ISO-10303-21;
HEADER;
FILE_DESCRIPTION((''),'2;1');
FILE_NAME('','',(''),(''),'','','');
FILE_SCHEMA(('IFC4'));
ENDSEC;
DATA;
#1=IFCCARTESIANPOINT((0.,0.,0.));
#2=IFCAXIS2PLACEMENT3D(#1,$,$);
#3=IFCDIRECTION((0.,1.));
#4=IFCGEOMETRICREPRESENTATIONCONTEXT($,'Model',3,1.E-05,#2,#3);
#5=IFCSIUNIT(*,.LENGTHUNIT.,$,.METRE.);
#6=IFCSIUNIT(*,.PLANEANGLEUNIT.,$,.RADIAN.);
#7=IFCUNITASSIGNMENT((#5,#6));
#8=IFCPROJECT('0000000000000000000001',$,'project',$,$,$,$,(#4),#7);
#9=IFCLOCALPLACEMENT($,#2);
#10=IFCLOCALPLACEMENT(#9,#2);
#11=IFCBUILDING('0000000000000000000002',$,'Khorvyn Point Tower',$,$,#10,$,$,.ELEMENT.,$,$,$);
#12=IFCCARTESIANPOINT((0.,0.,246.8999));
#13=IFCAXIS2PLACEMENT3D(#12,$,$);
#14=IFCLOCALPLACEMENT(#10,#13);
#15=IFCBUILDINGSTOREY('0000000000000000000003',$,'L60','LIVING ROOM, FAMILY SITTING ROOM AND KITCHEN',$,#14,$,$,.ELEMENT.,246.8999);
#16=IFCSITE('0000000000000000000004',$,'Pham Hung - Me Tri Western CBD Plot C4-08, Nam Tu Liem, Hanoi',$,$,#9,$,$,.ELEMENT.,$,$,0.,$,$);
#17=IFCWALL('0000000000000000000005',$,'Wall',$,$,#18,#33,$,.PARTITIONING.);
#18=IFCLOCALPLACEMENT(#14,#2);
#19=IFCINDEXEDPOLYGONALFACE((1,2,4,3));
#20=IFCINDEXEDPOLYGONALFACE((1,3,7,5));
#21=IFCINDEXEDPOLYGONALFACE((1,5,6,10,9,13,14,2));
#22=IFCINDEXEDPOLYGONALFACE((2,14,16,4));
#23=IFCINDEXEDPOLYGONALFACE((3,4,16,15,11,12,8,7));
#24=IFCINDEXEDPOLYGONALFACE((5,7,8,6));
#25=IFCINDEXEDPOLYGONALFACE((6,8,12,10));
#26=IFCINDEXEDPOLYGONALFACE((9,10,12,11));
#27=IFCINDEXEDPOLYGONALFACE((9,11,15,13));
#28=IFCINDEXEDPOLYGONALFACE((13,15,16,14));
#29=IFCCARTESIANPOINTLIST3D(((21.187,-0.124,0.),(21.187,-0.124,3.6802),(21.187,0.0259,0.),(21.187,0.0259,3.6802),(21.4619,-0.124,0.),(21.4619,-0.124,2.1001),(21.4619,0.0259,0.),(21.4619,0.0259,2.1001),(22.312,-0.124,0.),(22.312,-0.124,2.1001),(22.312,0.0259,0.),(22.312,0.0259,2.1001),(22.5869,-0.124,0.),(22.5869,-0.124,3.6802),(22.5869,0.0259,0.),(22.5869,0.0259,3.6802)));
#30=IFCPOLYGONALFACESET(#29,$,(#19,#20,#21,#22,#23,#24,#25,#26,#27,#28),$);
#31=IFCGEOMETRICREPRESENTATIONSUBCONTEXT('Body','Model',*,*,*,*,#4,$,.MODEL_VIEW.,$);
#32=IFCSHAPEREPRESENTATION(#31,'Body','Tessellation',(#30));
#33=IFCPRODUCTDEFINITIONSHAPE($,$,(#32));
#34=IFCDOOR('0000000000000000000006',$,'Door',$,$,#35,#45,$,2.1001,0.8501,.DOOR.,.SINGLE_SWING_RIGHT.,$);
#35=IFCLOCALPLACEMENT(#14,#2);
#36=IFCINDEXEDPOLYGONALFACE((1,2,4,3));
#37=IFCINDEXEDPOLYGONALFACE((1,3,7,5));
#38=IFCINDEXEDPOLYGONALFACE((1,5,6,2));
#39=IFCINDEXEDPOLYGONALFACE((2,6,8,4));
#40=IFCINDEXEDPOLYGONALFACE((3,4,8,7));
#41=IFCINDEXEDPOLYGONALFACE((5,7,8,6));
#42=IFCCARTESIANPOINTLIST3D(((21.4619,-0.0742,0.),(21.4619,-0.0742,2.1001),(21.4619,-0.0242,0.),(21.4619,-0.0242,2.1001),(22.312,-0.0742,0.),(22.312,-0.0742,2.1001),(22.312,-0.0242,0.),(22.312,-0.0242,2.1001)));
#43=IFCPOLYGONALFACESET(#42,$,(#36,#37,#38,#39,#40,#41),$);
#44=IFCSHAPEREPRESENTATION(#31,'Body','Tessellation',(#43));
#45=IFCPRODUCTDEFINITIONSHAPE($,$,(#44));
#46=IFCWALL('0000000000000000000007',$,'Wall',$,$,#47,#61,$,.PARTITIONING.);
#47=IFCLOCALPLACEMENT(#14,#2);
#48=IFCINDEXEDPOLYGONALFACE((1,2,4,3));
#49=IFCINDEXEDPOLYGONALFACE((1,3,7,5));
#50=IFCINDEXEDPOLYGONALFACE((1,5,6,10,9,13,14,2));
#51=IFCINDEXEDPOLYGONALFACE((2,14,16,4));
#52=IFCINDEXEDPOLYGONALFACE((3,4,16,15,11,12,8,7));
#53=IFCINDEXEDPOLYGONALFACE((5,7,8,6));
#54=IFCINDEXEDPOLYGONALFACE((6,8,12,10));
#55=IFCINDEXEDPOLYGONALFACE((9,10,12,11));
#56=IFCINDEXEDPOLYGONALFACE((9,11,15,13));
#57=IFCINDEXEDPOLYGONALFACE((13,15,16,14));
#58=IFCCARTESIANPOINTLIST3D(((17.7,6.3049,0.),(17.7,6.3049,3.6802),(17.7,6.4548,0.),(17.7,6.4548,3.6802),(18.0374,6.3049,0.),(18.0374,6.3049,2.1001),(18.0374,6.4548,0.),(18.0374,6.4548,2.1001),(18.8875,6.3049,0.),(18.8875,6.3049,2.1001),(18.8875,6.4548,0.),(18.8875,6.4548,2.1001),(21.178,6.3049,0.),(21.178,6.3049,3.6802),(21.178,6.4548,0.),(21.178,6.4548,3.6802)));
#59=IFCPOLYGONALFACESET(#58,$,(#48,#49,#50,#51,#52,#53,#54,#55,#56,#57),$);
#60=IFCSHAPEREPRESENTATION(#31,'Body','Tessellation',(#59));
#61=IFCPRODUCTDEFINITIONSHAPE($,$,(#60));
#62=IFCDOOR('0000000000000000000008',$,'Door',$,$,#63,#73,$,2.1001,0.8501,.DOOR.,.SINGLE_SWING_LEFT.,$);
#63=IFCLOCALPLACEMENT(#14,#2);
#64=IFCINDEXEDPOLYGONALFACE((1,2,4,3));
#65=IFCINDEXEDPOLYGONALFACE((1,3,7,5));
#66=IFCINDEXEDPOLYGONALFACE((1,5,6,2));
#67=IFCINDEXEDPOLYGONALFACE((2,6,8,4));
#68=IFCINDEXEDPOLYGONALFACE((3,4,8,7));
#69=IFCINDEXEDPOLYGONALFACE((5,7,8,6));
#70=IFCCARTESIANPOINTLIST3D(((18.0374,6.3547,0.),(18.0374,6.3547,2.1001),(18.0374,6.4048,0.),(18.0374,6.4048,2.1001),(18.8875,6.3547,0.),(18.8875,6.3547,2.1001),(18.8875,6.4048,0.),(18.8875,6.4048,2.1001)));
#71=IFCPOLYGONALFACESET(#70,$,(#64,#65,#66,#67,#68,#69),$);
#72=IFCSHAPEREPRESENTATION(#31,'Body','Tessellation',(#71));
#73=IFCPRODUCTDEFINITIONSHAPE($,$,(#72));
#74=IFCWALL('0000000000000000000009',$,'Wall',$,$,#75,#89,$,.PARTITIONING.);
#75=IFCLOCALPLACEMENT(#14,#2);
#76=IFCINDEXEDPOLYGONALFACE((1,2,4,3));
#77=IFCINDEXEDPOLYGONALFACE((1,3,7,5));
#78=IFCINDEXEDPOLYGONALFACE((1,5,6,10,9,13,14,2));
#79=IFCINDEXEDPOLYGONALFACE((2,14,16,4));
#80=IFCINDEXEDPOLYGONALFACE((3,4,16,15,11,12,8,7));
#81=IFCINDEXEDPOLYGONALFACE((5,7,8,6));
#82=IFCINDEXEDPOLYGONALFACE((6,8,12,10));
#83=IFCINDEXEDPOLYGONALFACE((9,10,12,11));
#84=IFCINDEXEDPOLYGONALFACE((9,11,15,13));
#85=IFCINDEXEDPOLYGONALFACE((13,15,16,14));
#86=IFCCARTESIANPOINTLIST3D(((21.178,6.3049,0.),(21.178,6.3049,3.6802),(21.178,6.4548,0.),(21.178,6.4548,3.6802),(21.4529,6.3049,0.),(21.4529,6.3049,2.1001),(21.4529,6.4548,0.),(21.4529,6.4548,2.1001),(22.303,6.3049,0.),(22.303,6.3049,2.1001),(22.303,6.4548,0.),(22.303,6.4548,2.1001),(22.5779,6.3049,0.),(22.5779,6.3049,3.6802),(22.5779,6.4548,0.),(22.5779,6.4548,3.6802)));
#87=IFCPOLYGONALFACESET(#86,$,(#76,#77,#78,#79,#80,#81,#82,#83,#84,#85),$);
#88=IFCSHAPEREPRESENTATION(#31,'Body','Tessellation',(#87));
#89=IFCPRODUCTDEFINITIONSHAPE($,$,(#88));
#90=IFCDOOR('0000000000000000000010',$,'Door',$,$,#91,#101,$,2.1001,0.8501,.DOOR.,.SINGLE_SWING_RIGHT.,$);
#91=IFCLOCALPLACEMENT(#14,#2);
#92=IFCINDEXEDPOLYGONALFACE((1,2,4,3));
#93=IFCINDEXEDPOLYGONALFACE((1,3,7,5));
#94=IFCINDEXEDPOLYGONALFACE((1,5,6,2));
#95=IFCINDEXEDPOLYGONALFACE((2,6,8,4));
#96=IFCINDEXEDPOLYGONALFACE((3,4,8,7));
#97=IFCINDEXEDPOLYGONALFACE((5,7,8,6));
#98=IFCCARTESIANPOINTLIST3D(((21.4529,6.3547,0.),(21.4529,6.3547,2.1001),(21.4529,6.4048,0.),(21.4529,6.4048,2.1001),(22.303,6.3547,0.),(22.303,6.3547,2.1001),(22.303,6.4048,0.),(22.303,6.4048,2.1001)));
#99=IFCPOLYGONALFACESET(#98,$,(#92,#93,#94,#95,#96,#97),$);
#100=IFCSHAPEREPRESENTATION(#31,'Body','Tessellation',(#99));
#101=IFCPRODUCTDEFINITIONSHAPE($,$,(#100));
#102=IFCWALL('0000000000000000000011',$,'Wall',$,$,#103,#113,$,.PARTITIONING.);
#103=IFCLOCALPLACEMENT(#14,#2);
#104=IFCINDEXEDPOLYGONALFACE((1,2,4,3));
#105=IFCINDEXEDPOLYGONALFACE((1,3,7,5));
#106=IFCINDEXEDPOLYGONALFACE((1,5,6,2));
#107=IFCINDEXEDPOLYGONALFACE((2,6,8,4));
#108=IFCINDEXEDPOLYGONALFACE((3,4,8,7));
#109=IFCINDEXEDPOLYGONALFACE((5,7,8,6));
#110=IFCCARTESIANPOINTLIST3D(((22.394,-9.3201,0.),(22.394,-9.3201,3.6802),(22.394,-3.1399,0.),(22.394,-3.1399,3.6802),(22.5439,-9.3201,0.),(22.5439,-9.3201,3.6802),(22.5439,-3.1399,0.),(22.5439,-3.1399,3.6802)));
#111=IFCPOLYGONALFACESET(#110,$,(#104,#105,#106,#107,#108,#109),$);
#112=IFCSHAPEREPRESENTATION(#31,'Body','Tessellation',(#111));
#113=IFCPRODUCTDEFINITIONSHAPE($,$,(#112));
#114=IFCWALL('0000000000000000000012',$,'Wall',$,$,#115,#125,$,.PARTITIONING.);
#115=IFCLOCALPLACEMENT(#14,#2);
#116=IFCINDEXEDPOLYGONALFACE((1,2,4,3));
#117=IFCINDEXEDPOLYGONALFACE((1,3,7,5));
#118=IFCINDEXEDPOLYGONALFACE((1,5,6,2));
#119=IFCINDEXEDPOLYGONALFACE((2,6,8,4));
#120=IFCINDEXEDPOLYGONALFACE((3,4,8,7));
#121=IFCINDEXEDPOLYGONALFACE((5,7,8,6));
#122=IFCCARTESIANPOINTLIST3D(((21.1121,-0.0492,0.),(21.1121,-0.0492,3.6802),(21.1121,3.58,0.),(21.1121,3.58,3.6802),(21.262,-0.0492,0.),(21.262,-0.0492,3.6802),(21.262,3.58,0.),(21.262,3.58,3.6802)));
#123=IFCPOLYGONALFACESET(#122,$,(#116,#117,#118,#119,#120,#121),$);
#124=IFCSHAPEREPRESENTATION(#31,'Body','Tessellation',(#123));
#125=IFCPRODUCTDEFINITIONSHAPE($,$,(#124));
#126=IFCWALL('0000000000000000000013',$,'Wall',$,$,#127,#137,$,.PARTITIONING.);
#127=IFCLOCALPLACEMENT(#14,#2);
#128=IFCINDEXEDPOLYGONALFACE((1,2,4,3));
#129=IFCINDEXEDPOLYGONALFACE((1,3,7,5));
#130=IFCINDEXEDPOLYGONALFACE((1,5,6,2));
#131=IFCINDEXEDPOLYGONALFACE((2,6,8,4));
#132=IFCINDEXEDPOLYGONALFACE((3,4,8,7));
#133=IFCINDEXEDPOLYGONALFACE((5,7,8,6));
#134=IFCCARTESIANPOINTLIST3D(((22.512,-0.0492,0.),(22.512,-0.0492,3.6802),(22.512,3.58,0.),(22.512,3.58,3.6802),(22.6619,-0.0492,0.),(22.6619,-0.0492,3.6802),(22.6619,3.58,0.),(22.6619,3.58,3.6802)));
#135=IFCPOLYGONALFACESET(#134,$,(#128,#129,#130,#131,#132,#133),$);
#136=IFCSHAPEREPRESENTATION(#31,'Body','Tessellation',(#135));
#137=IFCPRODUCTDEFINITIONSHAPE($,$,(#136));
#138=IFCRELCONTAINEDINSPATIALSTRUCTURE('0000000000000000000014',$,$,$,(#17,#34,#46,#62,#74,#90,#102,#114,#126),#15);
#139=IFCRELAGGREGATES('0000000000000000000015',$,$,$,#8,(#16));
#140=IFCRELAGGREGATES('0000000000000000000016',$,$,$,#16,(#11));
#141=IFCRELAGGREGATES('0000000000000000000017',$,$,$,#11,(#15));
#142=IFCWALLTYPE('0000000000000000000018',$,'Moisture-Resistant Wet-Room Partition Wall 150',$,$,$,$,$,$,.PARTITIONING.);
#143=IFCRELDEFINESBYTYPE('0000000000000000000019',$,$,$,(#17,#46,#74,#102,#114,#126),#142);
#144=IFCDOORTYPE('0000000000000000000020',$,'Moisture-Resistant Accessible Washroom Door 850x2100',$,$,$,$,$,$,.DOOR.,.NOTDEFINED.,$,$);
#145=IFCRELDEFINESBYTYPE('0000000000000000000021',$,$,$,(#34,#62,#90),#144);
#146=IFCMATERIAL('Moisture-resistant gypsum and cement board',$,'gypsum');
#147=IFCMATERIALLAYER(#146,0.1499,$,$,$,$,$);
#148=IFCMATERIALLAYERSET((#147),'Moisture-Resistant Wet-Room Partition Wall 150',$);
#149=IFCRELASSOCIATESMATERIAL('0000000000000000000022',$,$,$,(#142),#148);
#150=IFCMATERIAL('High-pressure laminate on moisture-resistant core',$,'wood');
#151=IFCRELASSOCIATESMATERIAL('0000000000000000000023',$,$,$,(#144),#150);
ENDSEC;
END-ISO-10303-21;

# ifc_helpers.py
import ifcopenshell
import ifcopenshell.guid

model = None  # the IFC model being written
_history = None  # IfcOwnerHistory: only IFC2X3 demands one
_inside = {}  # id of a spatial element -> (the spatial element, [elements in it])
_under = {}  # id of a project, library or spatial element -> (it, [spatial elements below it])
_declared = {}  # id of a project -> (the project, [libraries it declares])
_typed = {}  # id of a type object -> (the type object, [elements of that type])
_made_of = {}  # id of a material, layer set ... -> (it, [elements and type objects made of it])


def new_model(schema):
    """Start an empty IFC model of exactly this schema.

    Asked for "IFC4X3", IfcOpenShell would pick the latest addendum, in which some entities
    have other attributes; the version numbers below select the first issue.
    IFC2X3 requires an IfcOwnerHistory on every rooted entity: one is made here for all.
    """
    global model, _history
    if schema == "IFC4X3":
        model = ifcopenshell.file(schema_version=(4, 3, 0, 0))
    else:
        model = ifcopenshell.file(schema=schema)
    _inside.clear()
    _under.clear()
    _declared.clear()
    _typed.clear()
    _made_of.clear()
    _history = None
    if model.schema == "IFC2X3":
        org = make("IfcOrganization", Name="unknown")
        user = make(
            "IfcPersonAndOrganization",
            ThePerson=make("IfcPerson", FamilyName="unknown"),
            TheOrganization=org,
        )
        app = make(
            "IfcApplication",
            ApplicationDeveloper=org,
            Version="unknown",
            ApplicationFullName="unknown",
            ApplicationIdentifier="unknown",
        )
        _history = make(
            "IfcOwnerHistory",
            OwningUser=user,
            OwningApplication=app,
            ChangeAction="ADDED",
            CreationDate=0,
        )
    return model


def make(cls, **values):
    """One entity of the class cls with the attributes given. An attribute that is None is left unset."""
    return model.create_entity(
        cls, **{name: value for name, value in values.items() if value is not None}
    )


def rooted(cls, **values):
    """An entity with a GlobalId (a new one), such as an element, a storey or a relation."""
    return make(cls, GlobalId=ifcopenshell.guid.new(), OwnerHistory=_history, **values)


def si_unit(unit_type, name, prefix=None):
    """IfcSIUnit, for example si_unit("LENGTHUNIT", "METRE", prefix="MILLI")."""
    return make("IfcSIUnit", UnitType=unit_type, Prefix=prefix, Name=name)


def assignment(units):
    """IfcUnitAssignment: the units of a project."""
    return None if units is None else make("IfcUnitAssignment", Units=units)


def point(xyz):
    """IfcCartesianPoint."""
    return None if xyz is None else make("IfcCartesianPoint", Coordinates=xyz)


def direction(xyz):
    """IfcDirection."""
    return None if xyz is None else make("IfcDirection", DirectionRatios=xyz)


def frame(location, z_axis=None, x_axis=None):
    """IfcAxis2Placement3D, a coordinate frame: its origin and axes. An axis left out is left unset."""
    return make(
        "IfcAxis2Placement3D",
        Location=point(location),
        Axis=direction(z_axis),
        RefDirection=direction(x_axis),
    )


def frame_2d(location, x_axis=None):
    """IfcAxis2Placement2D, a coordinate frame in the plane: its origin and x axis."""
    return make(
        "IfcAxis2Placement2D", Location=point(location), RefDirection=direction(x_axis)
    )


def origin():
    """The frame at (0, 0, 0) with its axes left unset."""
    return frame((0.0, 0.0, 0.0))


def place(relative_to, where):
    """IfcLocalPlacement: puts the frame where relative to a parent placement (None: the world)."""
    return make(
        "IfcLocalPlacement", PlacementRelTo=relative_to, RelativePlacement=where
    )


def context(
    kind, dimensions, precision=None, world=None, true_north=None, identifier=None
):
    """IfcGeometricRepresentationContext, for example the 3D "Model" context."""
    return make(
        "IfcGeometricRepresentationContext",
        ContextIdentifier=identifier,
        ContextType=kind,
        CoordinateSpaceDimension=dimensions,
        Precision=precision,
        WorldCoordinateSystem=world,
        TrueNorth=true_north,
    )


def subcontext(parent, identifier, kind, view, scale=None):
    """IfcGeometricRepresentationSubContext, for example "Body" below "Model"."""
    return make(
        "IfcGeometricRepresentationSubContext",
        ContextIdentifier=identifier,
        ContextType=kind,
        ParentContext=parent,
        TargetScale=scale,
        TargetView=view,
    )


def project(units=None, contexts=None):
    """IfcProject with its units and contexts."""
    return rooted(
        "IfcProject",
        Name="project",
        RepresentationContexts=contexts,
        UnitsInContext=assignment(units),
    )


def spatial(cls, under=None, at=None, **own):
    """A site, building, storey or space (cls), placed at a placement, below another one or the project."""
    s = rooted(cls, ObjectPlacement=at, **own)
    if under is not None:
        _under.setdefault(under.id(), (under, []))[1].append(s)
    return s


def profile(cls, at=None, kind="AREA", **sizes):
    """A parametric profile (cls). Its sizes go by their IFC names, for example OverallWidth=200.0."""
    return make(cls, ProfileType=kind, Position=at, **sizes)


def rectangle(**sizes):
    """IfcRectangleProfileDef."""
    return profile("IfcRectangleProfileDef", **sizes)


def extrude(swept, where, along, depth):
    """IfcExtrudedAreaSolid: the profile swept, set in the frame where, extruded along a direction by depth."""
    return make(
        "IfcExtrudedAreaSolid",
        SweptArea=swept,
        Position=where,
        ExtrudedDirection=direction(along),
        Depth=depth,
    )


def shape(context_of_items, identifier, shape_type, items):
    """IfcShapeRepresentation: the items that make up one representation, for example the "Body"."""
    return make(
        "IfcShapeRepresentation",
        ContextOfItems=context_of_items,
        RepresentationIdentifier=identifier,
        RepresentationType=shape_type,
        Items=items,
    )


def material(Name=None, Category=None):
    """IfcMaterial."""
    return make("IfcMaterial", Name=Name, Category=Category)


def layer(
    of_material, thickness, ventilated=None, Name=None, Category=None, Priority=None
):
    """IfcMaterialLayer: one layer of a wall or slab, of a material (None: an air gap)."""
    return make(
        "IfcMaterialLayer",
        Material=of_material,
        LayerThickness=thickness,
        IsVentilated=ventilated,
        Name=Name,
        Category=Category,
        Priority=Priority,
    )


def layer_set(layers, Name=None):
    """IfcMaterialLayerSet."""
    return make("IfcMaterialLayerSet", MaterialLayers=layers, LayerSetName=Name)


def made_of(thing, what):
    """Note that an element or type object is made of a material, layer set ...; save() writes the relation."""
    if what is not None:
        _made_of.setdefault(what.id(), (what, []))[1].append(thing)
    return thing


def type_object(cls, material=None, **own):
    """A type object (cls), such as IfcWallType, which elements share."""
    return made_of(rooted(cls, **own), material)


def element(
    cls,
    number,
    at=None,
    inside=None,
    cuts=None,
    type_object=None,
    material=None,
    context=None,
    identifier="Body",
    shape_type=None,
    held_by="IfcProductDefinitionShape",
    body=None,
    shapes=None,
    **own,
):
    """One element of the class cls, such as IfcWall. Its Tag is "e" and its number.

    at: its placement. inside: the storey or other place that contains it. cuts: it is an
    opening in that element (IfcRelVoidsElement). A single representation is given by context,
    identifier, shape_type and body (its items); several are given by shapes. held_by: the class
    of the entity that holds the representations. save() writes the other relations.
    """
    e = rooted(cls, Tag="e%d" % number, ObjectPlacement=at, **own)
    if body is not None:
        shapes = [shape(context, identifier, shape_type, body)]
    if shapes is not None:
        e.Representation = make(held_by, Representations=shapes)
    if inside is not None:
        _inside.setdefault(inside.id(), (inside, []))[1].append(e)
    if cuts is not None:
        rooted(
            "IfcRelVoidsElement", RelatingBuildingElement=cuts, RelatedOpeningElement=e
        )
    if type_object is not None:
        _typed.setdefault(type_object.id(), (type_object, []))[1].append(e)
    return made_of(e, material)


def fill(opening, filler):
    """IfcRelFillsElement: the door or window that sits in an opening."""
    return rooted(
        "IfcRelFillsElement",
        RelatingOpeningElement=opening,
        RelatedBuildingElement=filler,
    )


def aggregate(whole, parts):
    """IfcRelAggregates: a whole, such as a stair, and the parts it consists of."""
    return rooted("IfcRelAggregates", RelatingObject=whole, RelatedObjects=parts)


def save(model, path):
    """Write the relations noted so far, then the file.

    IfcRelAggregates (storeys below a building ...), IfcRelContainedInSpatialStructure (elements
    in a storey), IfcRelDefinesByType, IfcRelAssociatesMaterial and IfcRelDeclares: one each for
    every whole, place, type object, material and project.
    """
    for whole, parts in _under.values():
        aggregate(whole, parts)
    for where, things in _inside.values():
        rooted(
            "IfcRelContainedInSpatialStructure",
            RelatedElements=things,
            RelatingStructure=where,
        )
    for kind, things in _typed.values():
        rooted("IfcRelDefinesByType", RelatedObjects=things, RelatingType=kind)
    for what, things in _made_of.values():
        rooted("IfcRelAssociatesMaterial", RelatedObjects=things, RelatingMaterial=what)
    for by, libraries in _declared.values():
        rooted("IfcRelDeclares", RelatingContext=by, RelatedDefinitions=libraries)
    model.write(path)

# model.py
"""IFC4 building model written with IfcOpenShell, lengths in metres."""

from ifc_helpers import new_model, si_unit, direction, frame, frame_2d, origin, place, context, subcontext, project, spatial, rectangle, extrude, material, layer, layer_set, type_object, element, fill, save


model = new_model("IFC4")

# Units and contexts
model_context = context("Model", 3, precision=1e-05, world=origin(), true_north=direction((0.0, 1.0)))
body_context = subcontext(model_context, "Body", "Model", "MODEL_VIEW")
ifc_project = project(units=[si_unit("LENGTHUNIT", "METRE"), si_unit("PLANEANGLEUNIT", "RADIAN")], contexts=[model_context])

# Site, building, storey
site_placement = place(None, origin())
site = spatial("IfcSite", under=ifc_project, at=site_placement, Name="Pham Hung - Me Tri Western CBD Plot C4-08, Nam Tu Liem, Hanoi", CompositionType="ELEMENT", RefElevation=0.0)
building_placement = place(site_placement, origin())
building = spatial("IfcBuilding", under=site, at=building_placement, Name="Khorvyn Point Tower", CompositionType="ELEMENT")
storey_placement = place(building_placement, frame((0.0, 0.0, 246.8999)))
storey = spatial("IfcBuildingStorey", under=building, at=storey_placement, Name="L60", Description="LIVING ROOM, FAMILY SITTING ROOM AND KITCHEN", CompositionType="ELEMENT", Elevation=246.8999)

# Walls, openings, doors
ifc_material_1 = material(Name="Moisture-resistant gypsum and cement board", Category="gypsum")
ifc_layer_1 = layer(ifc_material_1, 0.1499)
ifc_layer_set_1 = layer_set([ifc_layer_1], Name="Moisture-Resistant Wet-Room Partition Wall 150")
wall_type_1 = type_object("IfcWallType", Name="Moisture-Resistant Wet-Room Partition Wall 150", PredefinedType="PARTITIONING", material=ifc_layer_set_1)
ifc_material_2 = material(Name="High-pressure laminate on moisture-resistant core", Category="wood")
door_type_1 = type_object("IfcDoorType", Name="Moisture-Resistant Accessible Washroom Door 850x2100", OperationType="NOTDEFINED", PredefinedType="DOOR", material=ifc_material_2)
wall_1_placement = place(storey_placement, frame((21.187, -0.0491, 0.0), z_axis=(0.0, 0.0, 1.0), x_axis=(1.0, 0.0, 0.0)))
wall_1 = element("IfcWall", 1, at=wall_1_placement, inside=storey, type_object=wall_type_1, Name="Wall", PredefinedType="PARTITIONING", context=body_context, shape_type="SweptSolid", body=[
    extrude(rectangle(XDim=1.3999, YDim=0.1499, at=frame_2d((0.7, 0.0))), origin(), (0.0, 0.0, 1.0), 3.6802),
])
opening_1_placement = place(wall_1_placement, frame((0.2749, 0.0, 0.0)))
opening_1 = element("IfcOpeningElement", 2, at=opening_1_placement, cuts=wall_1, PredefinedType="OPENING", context=body_context, shape_type="SweptSolid", body=[
    extrude(rectangle(XDim=0.8501, YDim=2.1001, at=frame_2d((0.425, 1.05))), frame((0.0, 0.085, 0.0), z_axis=(0.0, -1.0, 0.0), x_axis=(1.0, 0.0, 0.0)), (0.0, 0.0, 1.0), 0.1699),
])
door_1_placement = place(opening_1_placement, origin())
door_1 = element("IfcDoor", 3, at=door_1_placement, inside=storey, type_object=door_type_1, Name="Door", OperationType="SINGLE_SWING_RIGHT", OverallHeight=2.1001, OverallWidth=0.8501, PredefinedType="DOOR", context=body_context, shape_type="SweptSolid", body=[
    extrude(rectangle(XDim=0.8501, YDim=2.1001, at=frame_2d((0.425, 1.05))), frame((0.0, 0.0249, 0.0), z_axis=(0.0, -1.0, 0.0), x_axis=(1.0, 0.0, 0.0)), (0.0, 0.0, 1.0), 0.05),
])
fill(opening_1, door_1)
wall_2_placement = place(storey_placement, frame((17.7, 6.3799, 0.0), z_axis=(0.0, 0.0, 1.0), x_axis=(1.0, 0.0, 0.0)))
wall_2 = element("IfcWall", 4, at=wall_2_placement, inside=storey, type_object=wall_type_1, Name="Wall", PredefinedType="PARTITIONING", context=body_context, shape_type="SweptSolid", body=[
    extrude(rectangle(XDim=3.478, YDim=0.1499, at=frame_2d((1.739, 0.0))), origin(), (0.0, 0.0, 1.0), 3.6802),
])
opening_2_placement = place(wall_2_placement, frame((0.3374, 0.0, 0.0)))
opening_2 = element("IfcOpeningElement", 5, at=opening_2_placement, cuts=wall_2, PredefinedType="OPENING", context=body_context, shape_type="SweptSolid", body=[
    extrude(rectangle(XDim=0.8501, YDim=2.1001, at=frame_2d((0.425, 1.05))), frame((0.0, 0.085, 0.0), z_axis=(0.0, -1.0, 0.0), x_axis=(1.0, 0.0, 0.0)), (0.0, 0.0, 1.0), 0.1699),
])
door_2_placement = place(opening_2_placement, origin())
door_2 = element("IfcDoor", 6, at=door_2_placement, inside=storey, type_object=door_type_1, Name="Door", OperationType="SINGLE_SWING_LEFT", OverallHeight=2.1001, OverallWidth=0.8501, PredefinedType="DOOR", context=body_context, shape_type="SweptSolid", body=[
    extrude(rectangle(XDim=0.8501, YDim=2.1001, at=frame_2d((0.425, 1.05))), frame((0.0, 0.0249, 0.0), z_axis=(0.0, -1.0, 0.0), x_axis=(1.0, 0.0, 0.0)), (0.0, 0.0, 1.0), 0.05),
])
fill(opening_2, door_2)
wall_3_placement = place(storey_placement, frame((21.178, 6.3799, 0.0), z_axis=(0.0, 0.0, 1.0), x_axis=(1.0, 0.0, 0.0)))
wall_3 = element("IfcWall", 7, at=wall_3_placement, inside=storey, type_object=wall_type_1, Name="Wall", PredefinedType="PARTITIONING", context=body_context, shape_type="SweptSolid", body=[
    extrude(rectangle(XDim=1.3999, YDim=0.1499, at=frame_2d((0.7, 0.0))), origin(), (0.0, 0.0, 1.0), 3.6802),
])
opening_3_placement = place(wall_3_placement, frame((0.2749, 0.0, 0.0)))
opening_3 = element("IfcOpeningElement", 8, at=opening_3_placement, cuts=wall_3, PredefinedType="OPENING", context=body_context, shape_type="SweptSolid", body=[
    extrude(rectangle(XDim=0.8501, YDim=2.1001, at=frame_2d((0.425, 1.05))), frame((0.0, 0.085, 0.0), z_axis=(0.0, -1.0, 0.0), x_axis=(1.0, 0.0, 0.0)), (0.0, 0.0, 1.0), 0.1699),
])
door_3_placement = place(opening_3_placement, origin())
door_3 = element("IfcDoor", 9, at=door_3_placement, inside=storey, type_object=door_type_1, Name="Door", OperationType="SINGLE_SWING_RIGHT", OverallHeight=2.1001, OverallWidth=0.8501, PredefinedType="DOOR", context=body_context, shape_type="SweptSolid", body=[
    extrude(rectangle(XDim=0.8501, YDim=2.1001, at=frame_2d((0.425, 1.05))), frame((0.0, 0.0249, 0.0), z_axis=(0.0, -1.0, 0.0), x_axis=(1.0, 0.0, 0.0)), (0.0, 0.0, 1.0), 0.05),
])
fill(opening_3, door_3)

# Walls
wall_4_placement = place(storey_placement, frame((22.469, -9.3201, 0.0), z_axis=(0.0, 0.0, 1.0), x_axis=(0.0, 1.0, 0.0)))
element("IfcWall", 10, at=wall_4_placement, inside=storey, type_object=wall_type_1, Name="Wall", PredefinedType="PARTITIONING", context=body_context, shape_type="SweptSolid", body=[
    extrude(rectangle(XDim=6.1802, YDim=0.1499, at=frame_2d((3.0901, 0.0))), origin(), (0.0, 0.0, 1.0), 3.6802),
])
for number, where, z_axis, x_axis, name in (
    (11, (21.187, -0.0491, 0.0), (0.0, 0.0, 1.0), (0.0, 1.0, 0.0), "Wall"),
    (12, (22.5869, -0.0491, 0.0), (0.0, 0.0, 1.0), (0.0, 1.0, 0.0), "Wall"),
):
    element("IfcWall", number, at=place(storey_placement, frame(where, z_axis=z_axis, x_axis=x_axis)), inside=storey, type_object=wall_type_1, Name=name, PredefinedType="PARTITIONING", context=body_context, shape_type="SweptSolid", body=[
        extrude(rectangle(XDim=3.6292, YDim=0.1499, at=frame_2d((1.8145, 0.0))), origin(), (0.0, 0.0, 1.0), 3.6802),
    ])

save(model, "model.ifc")
